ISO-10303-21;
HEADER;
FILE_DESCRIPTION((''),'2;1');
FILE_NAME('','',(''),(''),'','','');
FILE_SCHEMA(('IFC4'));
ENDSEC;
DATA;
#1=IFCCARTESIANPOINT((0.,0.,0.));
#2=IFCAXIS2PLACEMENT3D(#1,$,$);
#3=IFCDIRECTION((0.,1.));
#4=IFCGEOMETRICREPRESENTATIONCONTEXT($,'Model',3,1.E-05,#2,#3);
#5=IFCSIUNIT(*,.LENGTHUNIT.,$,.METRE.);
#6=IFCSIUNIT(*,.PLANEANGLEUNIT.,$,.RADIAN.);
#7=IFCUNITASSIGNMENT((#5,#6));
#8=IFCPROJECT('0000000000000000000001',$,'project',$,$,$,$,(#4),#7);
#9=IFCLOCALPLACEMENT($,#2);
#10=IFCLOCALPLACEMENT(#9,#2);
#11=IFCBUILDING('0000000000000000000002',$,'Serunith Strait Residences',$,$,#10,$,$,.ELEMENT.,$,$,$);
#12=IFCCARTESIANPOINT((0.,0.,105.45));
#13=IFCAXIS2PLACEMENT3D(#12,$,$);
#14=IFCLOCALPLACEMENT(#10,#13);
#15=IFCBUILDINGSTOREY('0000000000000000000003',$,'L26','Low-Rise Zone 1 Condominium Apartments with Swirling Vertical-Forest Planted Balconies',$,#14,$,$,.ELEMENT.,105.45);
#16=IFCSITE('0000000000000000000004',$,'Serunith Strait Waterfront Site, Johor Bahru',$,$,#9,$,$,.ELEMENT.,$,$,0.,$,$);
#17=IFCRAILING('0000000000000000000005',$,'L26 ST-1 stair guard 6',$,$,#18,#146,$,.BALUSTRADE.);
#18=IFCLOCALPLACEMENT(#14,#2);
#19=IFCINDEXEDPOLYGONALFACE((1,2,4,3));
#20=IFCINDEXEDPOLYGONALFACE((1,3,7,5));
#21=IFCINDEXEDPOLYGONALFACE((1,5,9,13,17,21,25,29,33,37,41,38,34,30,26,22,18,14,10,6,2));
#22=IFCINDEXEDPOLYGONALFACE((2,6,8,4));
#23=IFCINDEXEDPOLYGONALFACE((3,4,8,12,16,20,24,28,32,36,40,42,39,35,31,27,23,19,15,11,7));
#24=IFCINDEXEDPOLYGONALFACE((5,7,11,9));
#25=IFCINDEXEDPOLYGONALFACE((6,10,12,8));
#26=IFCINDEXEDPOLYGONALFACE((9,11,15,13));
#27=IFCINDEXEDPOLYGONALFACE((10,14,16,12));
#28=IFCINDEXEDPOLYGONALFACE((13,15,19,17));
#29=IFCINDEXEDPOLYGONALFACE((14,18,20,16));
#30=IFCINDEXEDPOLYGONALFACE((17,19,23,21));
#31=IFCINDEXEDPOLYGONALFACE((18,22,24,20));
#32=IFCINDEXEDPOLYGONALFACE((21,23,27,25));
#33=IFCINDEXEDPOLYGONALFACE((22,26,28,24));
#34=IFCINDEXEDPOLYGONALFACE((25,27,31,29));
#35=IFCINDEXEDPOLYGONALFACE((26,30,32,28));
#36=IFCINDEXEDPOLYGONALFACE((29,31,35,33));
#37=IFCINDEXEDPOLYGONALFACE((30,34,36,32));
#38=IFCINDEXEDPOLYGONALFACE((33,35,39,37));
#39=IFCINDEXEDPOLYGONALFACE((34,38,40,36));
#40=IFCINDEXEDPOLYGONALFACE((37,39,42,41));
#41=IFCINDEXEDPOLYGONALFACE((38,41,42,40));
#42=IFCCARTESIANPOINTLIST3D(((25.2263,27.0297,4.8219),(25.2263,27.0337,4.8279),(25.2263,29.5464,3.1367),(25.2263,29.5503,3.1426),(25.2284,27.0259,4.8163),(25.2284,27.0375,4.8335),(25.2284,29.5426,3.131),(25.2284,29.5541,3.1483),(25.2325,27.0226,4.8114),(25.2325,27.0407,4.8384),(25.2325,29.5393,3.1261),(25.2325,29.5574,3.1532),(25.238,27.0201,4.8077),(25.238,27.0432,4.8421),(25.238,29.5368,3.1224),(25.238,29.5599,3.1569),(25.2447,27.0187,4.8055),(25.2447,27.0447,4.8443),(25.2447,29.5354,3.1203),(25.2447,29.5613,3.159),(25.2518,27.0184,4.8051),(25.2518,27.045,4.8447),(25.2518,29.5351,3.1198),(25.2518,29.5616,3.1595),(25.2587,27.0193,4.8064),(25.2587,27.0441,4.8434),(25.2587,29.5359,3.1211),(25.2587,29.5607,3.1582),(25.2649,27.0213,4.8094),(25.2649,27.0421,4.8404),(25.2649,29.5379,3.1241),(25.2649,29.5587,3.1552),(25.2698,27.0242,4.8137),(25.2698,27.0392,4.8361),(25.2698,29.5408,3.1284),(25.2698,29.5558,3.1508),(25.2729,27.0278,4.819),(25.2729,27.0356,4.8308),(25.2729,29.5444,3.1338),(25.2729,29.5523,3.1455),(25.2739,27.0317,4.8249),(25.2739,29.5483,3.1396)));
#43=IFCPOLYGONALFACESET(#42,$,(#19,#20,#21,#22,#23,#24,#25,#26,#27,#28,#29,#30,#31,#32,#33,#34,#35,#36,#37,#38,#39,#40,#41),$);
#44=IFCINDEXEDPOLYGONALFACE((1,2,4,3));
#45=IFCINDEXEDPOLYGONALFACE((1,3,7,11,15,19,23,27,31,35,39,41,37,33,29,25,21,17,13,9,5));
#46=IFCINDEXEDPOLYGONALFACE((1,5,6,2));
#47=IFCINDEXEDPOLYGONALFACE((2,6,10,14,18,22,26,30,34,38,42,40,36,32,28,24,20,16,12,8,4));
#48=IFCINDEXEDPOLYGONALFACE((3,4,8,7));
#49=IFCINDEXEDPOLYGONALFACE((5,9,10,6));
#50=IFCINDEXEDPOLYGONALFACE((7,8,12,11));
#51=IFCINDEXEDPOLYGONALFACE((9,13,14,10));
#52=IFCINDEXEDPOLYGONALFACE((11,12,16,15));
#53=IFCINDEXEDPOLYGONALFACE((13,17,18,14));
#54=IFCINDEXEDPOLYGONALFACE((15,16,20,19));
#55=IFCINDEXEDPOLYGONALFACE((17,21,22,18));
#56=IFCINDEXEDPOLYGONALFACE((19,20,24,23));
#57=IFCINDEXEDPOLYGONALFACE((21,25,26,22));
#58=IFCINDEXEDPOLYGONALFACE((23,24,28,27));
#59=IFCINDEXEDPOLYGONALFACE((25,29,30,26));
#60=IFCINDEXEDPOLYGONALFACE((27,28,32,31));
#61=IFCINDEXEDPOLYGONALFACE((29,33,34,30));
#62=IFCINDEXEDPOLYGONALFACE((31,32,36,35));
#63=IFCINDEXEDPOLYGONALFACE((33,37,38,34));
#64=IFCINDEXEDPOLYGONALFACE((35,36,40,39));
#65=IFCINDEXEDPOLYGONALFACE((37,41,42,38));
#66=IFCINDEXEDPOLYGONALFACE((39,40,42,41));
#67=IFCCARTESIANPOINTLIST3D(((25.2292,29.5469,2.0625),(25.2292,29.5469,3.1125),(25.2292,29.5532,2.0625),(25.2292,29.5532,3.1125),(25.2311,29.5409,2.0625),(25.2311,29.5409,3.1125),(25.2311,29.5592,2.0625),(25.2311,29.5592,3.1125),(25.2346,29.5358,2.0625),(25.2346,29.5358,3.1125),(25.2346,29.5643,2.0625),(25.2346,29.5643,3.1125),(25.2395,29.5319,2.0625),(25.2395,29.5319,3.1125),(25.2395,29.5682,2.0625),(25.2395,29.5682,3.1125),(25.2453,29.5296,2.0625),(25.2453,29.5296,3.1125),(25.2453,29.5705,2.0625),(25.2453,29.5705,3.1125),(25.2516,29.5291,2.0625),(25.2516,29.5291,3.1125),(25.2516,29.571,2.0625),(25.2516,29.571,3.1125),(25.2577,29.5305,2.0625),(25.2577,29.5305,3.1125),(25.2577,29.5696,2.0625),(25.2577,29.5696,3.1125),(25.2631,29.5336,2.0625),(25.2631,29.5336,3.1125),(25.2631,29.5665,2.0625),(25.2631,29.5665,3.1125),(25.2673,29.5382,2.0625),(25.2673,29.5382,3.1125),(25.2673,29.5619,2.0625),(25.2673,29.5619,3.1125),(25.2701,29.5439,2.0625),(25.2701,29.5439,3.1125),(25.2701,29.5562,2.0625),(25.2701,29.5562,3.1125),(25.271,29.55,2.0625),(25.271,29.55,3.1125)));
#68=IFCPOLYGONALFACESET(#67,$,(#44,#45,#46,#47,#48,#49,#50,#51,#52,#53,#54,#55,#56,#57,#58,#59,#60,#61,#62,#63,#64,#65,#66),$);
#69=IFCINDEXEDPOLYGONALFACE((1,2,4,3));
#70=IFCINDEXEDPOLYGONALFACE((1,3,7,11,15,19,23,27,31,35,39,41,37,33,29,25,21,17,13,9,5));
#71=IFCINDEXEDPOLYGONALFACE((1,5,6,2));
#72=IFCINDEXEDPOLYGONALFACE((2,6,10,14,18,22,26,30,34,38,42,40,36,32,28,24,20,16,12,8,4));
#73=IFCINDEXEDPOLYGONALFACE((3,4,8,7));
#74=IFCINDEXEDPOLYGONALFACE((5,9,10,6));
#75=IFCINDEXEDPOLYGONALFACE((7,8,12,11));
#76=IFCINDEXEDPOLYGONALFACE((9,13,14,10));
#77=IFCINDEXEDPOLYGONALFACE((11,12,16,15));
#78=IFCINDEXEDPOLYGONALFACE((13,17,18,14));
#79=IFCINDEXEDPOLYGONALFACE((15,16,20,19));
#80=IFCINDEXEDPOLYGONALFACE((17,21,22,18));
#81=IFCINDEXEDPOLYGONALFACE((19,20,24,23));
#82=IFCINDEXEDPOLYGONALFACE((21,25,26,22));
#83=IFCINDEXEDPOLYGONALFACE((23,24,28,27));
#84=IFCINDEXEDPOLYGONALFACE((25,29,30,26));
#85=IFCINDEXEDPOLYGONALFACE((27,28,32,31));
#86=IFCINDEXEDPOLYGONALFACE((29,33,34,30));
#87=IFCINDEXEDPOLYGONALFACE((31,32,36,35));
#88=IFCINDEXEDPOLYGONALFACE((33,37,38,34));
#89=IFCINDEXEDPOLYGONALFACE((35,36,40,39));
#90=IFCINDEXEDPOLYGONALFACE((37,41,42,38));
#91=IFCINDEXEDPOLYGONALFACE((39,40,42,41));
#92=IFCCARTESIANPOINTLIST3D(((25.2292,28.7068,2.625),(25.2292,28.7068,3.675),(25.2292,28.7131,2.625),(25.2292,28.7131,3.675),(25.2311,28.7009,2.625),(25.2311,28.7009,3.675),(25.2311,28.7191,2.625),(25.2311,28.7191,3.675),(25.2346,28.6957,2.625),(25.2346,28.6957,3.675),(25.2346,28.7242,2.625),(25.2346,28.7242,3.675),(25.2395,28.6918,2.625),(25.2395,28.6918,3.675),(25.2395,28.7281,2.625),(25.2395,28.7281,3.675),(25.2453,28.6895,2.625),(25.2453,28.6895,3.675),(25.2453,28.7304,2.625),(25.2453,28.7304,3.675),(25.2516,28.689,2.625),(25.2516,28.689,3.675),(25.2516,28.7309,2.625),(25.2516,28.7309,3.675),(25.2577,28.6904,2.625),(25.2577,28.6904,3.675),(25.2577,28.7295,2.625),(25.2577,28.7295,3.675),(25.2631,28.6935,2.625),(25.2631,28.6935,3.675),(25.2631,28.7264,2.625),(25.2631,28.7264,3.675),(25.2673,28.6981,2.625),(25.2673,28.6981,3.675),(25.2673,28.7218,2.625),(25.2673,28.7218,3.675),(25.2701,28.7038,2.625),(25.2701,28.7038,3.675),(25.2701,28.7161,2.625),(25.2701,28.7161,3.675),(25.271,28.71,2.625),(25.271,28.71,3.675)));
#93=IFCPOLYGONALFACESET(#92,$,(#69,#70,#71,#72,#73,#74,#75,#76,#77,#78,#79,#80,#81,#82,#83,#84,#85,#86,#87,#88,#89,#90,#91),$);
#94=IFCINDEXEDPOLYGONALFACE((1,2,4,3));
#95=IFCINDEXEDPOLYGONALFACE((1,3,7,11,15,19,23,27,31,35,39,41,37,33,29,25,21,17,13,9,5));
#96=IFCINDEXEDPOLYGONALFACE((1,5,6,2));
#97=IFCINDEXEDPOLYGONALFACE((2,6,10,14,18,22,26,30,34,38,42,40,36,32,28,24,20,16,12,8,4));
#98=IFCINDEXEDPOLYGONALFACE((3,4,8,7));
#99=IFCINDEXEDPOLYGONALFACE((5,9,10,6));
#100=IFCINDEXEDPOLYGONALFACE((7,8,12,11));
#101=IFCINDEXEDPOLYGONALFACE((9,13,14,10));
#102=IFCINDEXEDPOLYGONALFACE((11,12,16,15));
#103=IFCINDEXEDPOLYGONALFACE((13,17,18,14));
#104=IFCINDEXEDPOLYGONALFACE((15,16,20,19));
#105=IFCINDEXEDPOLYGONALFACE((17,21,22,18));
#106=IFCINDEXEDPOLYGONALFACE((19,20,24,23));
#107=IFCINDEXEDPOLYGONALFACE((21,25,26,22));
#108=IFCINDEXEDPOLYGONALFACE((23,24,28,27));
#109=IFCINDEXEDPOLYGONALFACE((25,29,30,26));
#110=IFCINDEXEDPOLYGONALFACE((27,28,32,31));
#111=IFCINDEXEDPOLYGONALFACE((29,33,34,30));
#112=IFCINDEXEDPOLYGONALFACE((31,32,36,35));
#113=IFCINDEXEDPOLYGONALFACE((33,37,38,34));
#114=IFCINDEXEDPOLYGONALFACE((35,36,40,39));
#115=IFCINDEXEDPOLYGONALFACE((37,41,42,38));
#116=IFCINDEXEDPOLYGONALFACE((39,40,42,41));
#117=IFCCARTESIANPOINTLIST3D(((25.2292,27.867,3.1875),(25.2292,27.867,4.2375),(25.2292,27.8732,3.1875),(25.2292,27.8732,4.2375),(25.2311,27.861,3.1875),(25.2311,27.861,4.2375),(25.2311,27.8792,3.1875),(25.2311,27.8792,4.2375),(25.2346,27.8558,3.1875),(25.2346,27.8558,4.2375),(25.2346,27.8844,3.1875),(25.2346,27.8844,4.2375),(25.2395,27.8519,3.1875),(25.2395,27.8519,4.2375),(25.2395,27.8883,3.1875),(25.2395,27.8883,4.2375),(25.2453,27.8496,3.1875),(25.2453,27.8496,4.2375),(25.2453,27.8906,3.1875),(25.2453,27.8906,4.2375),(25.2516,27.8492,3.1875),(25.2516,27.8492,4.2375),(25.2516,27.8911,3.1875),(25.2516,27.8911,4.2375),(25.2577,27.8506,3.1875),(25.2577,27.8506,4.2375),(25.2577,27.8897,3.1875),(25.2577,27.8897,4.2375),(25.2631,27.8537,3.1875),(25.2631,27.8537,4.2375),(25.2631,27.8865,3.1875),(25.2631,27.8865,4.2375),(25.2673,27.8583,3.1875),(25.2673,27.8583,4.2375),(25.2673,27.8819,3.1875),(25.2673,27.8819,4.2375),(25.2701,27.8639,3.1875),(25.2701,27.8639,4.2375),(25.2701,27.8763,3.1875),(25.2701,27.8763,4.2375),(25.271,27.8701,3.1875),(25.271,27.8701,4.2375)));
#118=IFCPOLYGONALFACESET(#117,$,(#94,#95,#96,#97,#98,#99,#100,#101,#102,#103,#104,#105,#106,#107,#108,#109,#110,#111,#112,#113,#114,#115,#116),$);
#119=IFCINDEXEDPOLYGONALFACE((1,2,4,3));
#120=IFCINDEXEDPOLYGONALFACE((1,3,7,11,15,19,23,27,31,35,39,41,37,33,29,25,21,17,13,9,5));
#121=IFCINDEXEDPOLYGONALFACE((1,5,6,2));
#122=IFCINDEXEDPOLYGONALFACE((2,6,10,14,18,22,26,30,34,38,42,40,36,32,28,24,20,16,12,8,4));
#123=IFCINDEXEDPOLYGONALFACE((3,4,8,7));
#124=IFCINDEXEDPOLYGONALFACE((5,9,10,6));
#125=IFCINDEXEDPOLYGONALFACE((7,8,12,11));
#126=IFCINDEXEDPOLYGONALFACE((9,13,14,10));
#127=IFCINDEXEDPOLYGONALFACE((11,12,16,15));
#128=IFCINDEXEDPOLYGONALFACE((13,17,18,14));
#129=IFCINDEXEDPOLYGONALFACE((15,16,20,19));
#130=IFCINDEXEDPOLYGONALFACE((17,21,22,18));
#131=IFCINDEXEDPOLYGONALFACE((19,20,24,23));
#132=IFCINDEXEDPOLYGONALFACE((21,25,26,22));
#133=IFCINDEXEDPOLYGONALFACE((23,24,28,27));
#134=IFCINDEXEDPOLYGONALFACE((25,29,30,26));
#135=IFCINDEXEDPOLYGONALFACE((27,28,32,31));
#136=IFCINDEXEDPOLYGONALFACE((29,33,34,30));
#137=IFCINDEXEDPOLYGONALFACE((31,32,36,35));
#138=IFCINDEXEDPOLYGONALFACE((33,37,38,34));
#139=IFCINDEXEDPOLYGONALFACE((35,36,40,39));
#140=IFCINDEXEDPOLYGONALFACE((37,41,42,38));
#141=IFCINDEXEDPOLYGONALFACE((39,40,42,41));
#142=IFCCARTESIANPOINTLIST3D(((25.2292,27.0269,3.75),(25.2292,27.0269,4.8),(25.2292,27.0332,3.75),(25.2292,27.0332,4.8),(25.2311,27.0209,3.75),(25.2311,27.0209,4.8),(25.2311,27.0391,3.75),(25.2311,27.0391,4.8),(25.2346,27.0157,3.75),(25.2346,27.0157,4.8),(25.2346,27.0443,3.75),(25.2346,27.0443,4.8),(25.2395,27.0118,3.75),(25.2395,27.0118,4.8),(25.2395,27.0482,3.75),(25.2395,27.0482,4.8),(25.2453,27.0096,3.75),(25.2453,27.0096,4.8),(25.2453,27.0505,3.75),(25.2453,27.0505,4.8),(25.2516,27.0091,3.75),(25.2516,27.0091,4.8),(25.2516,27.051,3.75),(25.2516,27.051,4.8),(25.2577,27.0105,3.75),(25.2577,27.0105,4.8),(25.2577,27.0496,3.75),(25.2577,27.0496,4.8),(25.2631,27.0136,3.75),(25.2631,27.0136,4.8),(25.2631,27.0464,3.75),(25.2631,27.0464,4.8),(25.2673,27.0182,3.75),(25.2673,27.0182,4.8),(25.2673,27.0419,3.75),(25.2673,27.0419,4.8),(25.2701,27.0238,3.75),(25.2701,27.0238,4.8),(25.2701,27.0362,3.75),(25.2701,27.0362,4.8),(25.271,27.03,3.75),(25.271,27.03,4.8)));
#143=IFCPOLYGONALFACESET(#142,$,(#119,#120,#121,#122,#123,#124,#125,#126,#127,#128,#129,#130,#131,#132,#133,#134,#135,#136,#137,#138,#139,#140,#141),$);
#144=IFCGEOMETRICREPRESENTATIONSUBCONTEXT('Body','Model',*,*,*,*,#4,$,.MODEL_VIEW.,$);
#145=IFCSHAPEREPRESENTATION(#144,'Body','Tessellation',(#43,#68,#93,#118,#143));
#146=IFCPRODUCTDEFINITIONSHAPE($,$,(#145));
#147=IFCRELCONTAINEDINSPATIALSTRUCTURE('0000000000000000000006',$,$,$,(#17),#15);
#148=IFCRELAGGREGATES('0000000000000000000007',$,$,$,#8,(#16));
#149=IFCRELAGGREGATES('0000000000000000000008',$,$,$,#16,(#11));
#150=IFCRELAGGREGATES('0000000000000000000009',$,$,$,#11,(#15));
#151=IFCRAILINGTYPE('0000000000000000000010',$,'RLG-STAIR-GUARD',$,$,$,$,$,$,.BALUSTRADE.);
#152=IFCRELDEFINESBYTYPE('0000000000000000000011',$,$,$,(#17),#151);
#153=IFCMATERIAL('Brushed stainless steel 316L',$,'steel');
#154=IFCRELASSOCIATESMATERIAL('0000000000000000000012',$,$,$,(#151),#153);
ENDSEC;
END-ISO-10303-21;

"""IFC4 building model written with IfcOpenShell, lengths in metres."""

from ifc_helpers import new_model, si_unit, direction, frame, origin, origin_2d, place, context, subcontext, project, spatial, circle, extrude, material, type_object, element, save


model = new_model("IFC4")

# Units and contexts
model_context = context("Model", 3, precision=1e-05, world=origin(), true_north=direction((0.0, 1.0)))
body_context = subcontext(model_context, "Body", "Model", "MODEL_VIEW")
ifc_project = project(units=[si_unit("LENGTHUNIT", "METRE"), si_unit("PLANEANGLEUNIT", "RADIAN")], contexts=[model_context])

# Site, building, storey
site_placement = place(None, origin())
site = spatial("IfcSite", under=ifc_project, at=site_placement, Name="Serunith Strait Waterfront Site, Johor Bahru", CompositionType="ELEMENT", RefElevation=0.0)
building_placement = place(site_placement, origin())
building = spatial("IfcBuilding", under=site, at=building_placement, Name="Serunith Strait Residences", CompositionType="ELEMENT")
storey_placement = place(building_placement, frame((0.0, 0.0, 105.45)))
storey = spatial("IfcBuildingStorey", under=building, at=storey_placement, Name="L26", Description="Low-Rise Zone 1 Condominium Apartments with Swirling Vertical-Forest Planted Balconies", CompositionType="ELEMENT", Elevation=105.45)

# Railing
ifc_material_1 = material(Name="Brushed stainless steel 316L", Category="steel")
railing_type_1 = type_object("IfcRailingType", Name="RLG-STAIR-GUARD", PredefinedType="BALUSTRADE", material=ifc_material_1)
railing_1_placement = place(storey_placement, frame((25.25, 29.55, 2.0625)))
element("IfcRailing", 1, at=railing_1_placement, inside=storey, type_object=railing_type_1, Name="L26 ST-1 stair guard 6", PredefinedType="BALUSTRADE", context=body_context, shape_type="SweptSolid", body=[
    extrude(circle(Radius=0.0239, at=origin_2d()), frame((0.0, -0.0017, 1.0771), z_axis=(0.0, -0.830909, 0.556408), x_axis=(1.0, 0.0, 0.0)), (0.0, 0.0, 1.0), 3.0288),
    extrude(circle(Radius=0.021, at=origin_2d()), origin(), (0.0, 0.0, 1.0), 1.05),
    extrude(circle(Radius=0.021, at=origin_2d()), frame((0.0, -0.8401, 0.5625)), (0.0, 0.0, 1.0), 1.05),
    extrude(circle(Radius=0.021, at=origin_2d()), frame((0.0, -1.6799, 1.125)), (0.0, 0.0, 1.0), 1.05),
    extrude(circle(Radius=0.021, at=origin_2d()), frame((0.0, -2.52, 1.6875)), (0.0, 0.0, 1.0), 1.05),
])

save(model, "model.ifc")
